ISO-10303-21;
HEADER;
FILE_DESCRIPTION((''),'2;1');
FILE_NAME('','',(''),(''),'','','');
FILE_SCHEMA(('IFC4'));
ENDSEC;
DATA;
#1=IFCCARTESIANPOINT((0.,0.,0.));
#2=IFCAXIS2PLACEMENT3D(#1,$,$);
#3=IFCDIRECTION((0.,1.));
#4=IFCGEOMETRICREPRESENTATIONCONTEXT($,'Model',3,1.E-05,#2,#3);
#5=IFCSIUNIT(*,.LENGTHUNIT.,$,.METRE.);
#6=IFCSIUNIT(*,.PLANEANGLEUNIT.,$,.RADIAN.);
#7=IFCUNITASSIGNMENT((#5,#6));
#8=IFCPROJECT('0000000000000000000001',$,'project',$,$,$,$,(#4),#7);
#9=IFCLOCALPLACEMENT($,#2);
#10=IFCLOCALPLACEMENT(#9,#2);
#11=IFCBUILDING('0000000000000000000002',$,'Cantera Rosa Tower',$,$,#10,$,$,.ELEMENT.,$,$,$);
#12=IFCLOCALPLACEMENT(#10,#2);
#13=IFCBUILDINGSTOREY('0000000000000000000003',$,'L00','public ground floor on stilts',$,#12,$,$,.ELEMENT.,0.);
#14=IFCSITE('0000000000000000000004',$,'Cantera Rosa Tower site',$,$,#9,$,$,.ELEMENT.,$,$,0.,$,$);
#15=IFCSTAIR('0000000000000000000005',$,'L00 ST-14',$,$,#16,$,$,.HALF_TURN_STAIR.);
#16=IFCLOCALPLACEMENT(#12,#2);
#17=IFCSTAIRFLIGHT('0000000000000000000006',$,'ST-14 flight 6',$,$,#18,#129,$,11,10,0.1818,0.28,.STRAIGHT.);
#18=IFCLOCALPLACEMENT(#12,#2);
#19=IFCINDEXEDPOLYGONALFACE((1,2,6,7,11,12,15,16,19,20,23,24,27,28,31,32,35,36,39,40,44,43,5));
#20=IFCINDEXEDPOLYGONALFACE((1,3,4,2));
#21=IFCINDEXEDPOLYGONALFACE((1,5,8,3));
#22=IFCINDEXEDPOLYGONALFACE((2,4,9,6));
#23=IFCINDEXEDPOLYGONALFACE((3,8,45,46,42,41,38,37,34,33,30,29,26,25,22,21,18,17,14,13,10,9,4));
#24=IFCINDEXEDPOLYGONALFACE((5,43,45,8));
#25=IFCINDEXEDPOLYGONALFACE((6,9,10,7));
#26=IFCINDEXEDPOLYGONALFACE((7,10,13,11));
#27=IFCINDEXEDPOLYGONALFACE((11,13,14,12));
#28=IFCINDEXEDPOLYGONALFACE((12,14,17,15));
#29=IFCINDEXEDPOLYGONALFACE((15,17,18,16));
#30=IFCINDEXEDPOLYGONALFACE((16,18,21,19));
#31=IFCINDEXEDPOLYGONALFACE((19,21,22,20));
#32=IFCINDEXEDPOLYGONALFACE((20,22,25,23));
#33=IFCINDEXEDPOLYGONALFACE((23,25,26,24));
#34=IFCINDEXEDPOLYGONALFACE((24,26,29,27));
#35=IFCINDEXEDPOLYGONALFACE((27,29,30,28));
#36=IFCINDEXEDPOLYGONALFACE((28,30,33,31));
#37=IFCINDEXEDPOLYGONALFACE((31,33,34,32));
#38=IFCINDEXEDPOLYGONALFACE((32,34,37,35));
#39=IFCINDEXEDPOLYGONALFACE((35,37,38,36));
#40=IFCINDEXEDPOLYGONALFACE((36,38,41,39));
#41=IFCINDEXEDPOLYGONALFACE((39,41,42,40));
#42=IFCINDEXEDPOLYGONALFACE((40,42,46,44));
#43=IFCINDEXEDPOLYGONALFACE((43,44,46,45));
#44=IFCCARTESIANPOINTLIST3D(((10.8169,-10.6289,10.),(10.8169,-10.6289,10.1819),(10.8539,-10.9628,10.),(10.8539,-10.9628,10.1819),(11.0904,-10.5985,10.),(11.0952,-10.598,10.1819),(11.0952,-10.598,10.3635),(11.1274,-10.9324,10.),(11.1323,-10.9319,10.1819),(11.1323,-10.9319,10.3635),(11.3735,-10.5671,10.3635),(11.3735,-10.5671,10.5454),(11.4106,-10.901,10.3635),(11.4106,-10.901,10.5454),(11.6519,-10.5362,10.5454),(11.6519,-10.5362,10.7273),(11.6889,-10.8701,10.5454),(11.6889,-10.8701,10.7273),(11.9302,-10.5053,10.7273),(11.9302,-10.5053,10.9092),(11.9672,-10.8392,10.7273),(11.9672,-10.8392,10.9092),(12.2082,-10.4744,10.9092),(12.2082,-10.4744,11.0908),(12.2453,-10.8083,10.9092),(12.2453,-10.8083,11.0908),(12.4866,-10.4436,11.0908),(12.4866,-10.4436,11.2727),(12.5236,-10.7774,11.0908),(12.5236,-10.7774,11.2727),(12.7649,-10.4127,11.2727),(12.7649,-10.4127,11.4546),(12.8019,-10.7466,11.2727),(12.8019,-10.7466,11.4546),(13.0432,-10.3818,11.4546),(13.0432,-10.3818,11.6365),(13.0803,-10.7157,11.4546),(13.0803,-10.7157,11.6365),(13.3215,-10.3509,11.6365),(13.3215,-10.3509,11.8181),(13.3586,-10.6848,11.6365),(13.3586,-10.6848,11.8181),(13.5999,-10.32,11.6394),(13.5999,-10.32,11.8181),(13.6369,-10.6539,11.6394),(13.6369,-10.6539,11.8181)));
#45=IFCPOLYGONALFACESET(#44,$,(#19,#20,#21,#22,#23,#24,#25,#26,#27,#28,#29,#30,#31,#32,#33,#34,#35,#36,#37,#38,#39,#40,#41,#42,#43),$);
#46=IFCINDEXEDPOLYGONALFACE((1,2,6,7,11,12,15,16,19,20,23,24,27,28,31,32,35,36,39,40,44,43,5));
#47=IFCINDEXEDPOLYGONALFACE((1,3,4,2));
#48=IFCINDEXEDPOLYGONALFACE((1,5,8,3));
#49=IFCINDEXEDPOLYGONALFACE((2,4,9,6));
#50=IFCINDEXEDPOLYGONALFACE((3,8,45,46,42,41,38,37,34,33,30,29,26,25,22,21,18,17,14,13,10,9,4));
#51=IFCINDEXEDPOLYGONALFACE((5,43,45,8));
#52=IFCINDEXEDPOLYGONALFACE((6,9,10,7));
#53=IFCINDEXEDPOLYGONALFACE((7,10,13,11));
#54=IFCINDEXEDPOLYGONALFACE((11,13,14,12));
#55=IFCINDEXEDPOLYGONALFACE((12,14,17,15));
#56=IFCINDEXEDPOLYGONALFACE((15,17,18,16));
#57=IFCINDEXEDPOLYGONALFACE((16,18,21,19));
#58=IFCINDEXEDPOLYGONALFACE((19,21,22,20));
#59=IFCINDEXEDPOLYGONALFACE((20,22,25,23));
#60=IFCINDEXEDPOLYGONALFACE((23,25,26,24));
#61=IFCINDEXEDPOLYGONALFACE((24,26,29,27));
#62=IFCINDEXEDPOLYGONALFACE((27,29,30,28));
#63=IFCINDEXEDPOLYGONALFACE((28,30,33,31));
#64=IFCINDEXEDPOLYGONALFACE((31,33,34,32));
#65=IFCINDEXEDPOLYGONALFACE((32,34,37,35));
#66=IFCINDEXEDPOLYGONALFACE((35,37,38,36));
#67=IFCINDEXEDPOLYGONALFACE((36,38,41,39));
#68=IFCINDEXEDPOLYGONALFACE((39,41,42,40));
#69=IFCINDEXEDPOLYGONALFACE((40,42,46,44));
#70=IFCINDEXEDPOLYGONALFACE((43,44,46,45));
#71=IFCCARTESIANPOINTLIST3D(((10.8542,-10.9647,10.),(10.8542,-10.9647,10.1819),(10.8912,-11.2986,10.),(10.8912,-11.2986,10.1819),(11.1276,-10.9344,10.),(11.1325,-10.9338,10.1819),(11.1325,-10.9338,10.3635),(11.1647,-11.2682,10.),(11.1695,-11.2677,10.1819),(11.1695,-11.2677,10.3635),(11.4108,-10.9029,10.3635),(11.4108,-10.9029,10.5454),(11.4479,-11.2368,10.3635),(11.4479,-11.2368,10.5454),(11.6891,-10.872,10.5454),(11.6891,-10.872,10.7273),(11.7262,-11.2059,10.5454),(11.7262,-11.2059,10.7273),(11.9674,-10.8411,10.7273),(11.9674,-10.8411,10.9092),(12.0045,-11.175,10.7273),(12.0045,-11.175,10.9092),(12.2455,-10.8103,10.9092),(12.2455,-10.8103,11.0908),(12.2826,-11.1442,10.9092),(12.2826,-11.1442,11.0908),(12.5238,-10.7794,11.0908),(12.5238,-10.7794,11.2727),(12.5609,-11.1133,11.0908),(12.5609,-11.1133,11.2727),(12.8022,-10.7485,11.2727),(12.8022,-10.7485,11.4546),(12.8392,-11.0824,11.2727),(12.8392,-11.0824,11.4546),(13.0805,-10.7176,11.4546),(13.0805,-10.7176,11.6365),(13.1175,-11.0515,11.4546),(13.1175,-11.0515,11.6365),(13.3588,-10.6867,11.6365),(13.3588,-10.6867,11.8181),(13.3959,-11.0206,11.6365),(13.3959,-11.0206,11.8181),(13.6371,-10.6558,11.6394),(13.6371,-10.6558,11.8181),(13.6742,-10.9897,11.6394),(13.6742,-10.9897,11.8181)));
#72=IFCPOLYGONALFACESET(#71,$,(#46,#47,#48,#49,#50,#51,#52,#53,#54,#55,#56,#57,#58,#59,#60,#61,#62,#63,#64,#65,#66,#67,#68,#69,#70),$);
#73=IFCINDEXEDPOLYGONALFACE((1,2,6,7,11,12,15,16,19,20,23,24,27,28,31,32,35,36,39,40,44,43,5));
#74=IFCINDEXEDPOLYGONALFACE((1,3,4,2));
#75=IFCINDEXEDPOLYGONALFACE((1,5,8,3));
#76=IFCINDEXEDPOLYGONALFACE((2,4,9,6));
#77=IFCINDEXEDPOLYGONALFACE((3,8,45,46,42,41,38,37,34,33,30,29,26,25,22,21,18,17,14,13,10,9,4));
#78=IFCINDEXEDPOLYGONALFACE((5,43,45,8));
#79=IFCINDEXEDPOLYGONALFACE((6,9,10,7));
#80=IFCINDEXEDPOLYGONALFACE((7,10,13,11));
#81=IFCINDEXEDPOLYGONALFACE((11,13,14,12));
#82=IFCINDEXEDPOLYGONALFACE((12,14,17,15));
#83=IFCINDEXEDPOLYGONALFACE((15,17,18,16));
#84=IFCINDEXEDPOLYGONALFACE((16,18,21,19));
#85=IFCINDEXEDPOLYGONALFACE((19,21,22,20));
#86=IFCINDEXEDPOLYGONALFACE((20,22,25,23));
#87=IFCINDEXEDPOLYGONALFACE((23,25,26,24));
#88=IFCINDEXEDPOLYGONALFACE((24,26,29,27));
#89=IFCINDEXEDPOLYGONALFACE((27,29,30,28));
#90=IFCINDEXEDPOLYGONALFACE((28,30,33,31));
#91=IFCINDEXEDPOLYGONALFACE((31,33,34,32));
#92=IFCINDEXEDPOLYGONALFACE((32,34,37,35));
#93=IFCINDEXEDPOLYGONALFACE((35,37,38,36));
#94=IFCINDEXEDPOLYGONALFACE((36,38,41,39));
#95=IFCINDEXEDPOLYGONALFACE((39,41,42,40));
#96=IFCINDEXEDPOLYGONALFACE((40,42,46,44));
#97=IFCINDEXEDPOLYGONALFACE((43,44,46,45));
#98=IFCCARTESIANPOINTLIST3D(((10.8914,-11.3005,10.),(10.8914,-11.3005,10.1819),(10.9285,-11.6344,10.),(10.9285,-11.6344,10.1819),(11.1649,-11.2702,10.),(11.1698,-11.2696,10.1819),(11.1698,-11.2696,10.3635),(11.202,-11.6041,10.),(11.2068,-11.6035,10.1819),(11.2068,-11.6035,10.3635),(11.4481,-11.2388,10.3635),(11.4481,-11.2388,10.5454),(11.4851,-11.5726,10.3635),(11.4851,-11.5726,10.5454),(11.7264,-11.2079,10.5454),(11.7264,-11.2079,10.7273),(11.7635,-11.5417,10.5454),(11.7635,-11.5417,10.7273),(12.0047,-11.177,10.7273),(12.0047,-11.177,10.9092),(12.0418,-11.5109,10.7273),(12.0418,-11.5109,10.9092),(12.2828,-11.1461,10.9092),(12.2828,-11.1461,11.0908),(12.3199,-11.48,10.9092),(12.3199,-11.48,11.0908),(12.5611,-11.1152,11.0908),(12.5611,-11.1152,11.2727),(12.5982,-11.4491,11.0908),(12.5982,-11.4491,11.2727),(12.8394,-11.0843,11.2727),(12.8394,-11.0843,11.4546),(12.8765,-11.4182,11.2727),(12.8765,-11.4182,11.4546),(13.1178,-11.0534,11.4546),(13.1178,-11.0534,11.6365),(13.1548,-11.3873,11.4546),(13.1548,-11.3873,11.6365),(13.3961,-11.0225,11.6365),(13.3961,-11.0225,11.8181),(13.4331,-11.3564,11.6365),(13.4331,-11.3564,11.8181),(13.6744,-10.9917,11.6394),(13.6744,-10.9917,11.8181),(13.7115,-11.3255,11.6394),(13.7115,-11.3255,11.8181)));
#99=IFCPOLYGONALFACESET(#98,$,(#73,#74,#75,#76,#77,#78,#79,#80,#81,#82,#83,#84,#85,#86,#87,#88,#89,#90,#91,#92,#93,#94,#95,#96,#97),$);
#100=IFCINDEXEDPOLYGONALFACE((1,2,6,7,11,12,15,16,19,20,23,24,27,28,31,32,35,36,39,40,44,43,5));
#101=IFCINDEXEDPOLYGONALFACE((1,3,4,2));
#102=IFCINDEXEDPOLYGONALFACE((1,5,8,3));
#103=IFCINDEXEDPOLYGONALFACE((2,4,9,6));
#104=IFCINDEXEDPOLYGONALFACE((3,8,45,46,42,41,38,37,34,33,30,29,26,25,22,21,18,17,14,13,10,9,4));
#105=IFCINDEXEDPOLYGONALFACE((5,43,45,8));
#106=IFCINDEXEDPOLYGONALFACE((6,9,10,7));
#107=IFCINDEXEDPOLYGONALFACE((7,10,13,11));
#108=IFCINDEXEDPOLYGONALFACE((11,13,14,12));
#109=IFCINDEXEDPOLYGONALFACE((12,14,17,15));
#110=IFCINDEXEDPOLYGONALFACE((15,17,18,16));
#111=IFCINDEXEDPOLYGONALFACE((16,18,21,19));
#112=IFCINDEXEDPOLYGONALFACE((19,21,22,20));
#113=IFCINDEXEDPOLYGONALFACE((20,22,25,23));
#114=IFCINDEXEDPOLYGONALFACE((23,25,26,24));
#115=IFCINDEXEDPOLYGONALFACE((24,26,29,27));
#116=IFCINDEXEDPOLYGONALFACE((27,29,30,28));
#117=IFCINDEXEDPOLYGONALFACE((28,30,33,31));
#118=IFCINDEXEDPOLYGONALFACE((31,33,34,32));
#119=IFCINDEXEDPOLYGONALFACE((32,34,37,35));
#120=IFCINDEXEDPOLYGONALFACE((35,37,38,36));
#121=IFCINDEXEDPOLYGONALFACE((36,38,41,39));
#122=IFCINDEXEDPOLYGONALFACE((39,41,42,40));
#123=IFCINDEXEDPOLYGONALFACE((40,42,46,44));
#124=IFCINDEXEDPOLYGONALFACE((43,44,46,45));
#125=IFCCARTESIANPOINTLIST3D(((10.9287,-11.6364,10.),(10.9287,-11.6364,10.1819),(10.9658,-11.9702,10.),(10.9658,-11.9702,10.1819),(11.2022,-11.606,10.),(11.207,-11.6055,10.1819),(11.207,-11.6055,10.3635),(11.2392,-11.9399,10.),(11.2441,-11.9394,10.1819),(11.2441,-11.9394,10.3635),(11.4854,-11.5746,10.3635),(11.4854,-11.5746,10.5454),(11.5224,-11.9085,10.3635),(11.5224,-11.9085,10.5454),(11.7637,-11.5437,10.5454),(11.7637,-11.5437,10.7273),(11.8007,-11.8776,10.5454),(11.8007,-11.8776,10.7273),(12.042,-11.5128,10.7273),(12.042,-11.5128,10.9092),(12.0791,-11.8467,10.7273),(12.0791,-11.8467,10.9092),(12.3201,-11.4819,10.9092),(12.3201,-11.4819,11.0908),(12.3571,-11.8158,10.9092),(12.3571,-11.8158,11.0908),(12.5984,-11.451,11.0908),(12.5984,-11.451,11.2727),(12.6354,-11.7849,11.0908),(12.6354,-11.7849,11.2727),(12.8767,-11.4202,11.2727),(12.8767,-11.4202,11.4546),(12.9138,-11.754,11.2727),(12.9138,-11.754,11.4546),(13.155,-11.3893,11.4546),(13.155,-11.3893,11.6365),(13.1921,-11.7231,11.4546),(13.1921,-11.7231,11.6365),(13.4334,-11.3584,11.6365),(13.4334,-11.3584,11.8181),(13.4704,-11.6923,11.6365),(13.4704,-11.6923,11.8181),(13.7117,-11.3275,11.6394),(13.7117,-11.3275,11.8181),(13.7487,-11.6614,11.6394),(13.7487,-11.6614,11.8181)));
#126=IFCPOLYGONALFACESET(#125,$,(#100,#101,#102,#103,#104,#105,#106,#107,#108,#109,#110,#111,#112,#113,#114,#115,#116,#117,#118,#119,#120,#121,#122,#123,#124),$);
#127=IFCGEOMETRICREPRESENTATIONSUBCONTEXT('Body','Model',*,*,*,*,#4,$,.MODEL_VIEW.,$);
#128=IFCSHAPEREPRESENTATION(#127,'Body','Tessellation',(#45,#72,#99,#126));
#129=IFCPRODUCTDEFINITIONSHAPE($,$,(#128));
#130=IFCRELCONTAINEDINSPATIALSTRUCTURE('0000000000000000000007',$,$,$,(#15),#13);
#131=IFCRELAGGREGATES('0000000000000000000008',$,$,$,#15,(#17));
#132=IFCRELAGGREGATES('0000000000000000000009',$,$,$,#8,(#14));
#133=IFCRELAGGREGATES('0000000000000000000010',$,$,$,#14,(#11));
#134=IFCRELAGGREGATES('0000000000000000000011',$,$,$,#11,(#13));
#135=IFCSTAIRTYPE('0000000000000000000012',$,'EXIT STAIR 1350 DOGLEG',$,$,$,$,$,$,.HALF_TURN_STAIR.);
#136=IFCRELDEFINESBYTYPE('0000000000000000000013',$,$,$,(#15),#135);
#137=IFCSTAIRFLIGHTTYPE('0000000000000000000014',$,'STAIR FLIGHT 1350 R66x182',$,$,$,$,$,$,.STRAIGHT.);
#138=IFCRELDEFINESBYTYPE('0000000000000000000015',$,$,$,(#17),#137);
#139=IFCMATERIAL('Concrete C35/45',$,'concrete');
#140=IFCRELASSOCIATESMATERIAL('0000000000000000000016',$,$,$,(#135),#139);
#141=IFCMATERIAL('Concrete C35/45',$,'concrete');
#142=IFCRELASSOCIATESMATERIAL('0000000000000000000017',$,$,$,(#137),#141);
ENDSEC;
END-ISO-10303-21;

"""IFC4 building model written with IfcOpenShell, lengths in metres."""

from ifc_helpers import new_model, si_unit, direction, frame, origin, place, context, subcontext, project, spatial, polyline, outline, extrude, material, type_object, element, aggregate, save


model = new_model("IFC4")

# Units and contexts
model_context = context("Model", 3, precision=1e-05, world=origin(), true_north=direction((0.0, 1.0)))
body_context = subcontext(model_context, "Body", "Model", "MODEL_VIEW")
ifc_project = project(units=[si_unit("LENGTHUNIT", "METRE"), si_unit("PLANEANGLEUNIT", "RADIAN")], contexts=[model_context])

# Site, building, storey
site_placement = place(None, origin())
site = spatial("IfcSite", under=ifc_project, at=site_placement, Name="Cantera Rosa Tower site", CompositionType="ELEMENT", RefElevation=0.0)
building_placement = place(site_placement, origin())
building = spatial("IfcBuilding", under=site, at=building_placement, Name="Cantera Rosa Tower", CompositionType="ELEMENT")
storey_placement = place(building_placement, origin())
storey = spatial("IfcBuildingStorey", under=building, at=storey_placement, Name="L00", Description="public ground floor on stilts", CompositionType="ELEMENT", Elevation=0.0)

# Stair, stair flight
ifc_material_1 = material(Name="Concrete C35/45", Category="concrete")
stair_type = type_object("IfcStairType", Name="EXIT STAIR 1350 DOGLEG", PredefinedType="HALF_TURN_STAIR", material=ifc_material_1)
stair_placement = place(storey_placement, origin())
stair = element("IfcStair", 1, at=stair_placement, inside=storey, type_object=stair_type, Name="L00 ST-14", PredefinedType="HALF_TURN_STAIR")
ifc_material_2 = material(Name="Concrete C35/45", Category="concrete")
stair_flight_type = type_object("IfcStairFlightType", Name="STAIR FLIGHT 1350 R66x182", PredefinedType="STRAIGHT", material=ifc_material_2)
stair_flight_1_placement = place(storey_placement, frame((10.8914, -11.2998, 10.0), z_axis=(0.0, 0.0, 1.0), x_axis=(0.993897, 0.110313, 0.0)))
stair_flight_1 = element("IfcStairFlight", 2, at=stair_flight_1_placement, type_object=stair_flight_type, Name="ST-14 flight 6", NumberOfRisers=11, NumberOfTreads=10, PredefinedType="STRAIGHT", RiserHeight=0.1818, TreadLength=0.28, context=body_context, shape_type="SweptSolid", body=[
    extrude(outline(polyline([(0.0, 0.0), (0.0, 0.1819), (0.28, 0.1819), (0.28, 0.3635), (0.5601, 0.3635), (0.5601, 0.5454), (0.8401, 0.5454), (0.8401, 0.7273), (1.1201, 0.7273), (1.1201, 0.9092), (1.3999, 0.9092), (1.3999, 1.0908), (1.6799, 1.0908), (1.6799, 1.2727), (1.96, 1.2727), (1.96, 1.4546), (2.24, 1.4546), (2.24, 1.6365), (2.52, 1.6365), (2.52, 1.8181), (2.8, 1.8181), (2.8, 2.0), (2.8, 1.6394), (0.2751, 0.0), (0.0, 0.0)])), frame((0.0, 0.675, 0.0), z_axis=(0.0, -1.0, 0.0), x_axis=(1.0, 0.0, 0.0)), (0.0, 0.0, 1.0), 0.3359),
    extrude(outline(polyline([(0.0, 0.0), (0.0, 0.1819), (0.28, 0.1819), (0.28, 0.3635), (0.5601, 0.3635), (0.5601, 0.5454), (0.8401, 0.5454), (0.8401, 0.7273), (1.1201, 0.7273), (1.1201, 0.9092), (1.3999, 0.9092), (1.3999, 1.0908), (1.6799, 1.0908), (1.6799, 1.2727), (1.96, 1.2727), (1.96, 1.4546), (2.24, 1.4546), (2.24, 1.6365), (2.52, 1.6365), (2.52, 1.8181), (2.8, 1.8181), (2.8, 2.0), (2.8, 1.6394), (0.2751, 0.0), (0.0, 0.0)])), frame((0.0, 0.3372, 0.0), z_axis=(0.0, -1.0, 0.0), x_axis=(1.0, 0.0, 0.0)), (0.0, 0.0, 1.0), 0.3359),
    extrude(outline(polyline([(0.0, 0.0), (0.0, 0.1819), (0.28, 0.1819), (0.28, 0.3635), (0.5601, 0.3635), (0.5601, 0.5454), (0.8401, 0.5454), (0.8401, 0.7273), (1.1201, 0.7273), (1.1201, 0.9092), (1.3999, 0.9092), (1.3999, 1.0908), (1.6799, 1.0908), (1.6799, 1.2727), (1.96, 1.2727), (1.96, 1.4546), (2.24, 1.4546), (2.24, 1.6365), (2.52, 1.6365), (2.52, 1.8181), (2.8, 1.8181), (2.8, 2.0), (2.8, 1.6394), (0.2751, 0.0), (0.0, 0.0)])), frame((0.0, -0.0007, 0.0), z_axis=(0.0, -1.0, 0.0), x_axis=(1.0, 0.0, 0.0)), (0.0, 0.0, 1.0), 0.3359),
    extrude(outline(polyline([(0.0, 0.0), (0.0, 0.1819), (0.28, 0.1819), (0.28, 0.3635), (0.5601, 0.3635), (0.5601, 0.5454), (0.8401, 0.5454), (0.8401, 0.7273), (1.1201, 0.7273), (1.1201, 0.9092), (1.3999, 0.9092), (1.3999, 1.0908), (1.6799, 1.0908), (1.6799, 1.2727), (1.96, 1.2727), (1.96, 1.4546), (2.24, 1.4546), (2.24, 1.6365), (2.52, 1.6365), (2.52, 1.8181), (2.8, 1.8181), (2.8, 2.0), (2.8, 1.6394), (0.2751, 0.0), (0.0, 0.0)])), frame((0.0, -0.3386, 0.0), z_axis=(0.0, -1.0, 0.0), x_axis=(1.0, 0.0, 0.0)), (0.0, 0.0, 1.0), 0.3359),
])
aggregate(stair, [stair_flight_1])

save(model, "model.ifc")
